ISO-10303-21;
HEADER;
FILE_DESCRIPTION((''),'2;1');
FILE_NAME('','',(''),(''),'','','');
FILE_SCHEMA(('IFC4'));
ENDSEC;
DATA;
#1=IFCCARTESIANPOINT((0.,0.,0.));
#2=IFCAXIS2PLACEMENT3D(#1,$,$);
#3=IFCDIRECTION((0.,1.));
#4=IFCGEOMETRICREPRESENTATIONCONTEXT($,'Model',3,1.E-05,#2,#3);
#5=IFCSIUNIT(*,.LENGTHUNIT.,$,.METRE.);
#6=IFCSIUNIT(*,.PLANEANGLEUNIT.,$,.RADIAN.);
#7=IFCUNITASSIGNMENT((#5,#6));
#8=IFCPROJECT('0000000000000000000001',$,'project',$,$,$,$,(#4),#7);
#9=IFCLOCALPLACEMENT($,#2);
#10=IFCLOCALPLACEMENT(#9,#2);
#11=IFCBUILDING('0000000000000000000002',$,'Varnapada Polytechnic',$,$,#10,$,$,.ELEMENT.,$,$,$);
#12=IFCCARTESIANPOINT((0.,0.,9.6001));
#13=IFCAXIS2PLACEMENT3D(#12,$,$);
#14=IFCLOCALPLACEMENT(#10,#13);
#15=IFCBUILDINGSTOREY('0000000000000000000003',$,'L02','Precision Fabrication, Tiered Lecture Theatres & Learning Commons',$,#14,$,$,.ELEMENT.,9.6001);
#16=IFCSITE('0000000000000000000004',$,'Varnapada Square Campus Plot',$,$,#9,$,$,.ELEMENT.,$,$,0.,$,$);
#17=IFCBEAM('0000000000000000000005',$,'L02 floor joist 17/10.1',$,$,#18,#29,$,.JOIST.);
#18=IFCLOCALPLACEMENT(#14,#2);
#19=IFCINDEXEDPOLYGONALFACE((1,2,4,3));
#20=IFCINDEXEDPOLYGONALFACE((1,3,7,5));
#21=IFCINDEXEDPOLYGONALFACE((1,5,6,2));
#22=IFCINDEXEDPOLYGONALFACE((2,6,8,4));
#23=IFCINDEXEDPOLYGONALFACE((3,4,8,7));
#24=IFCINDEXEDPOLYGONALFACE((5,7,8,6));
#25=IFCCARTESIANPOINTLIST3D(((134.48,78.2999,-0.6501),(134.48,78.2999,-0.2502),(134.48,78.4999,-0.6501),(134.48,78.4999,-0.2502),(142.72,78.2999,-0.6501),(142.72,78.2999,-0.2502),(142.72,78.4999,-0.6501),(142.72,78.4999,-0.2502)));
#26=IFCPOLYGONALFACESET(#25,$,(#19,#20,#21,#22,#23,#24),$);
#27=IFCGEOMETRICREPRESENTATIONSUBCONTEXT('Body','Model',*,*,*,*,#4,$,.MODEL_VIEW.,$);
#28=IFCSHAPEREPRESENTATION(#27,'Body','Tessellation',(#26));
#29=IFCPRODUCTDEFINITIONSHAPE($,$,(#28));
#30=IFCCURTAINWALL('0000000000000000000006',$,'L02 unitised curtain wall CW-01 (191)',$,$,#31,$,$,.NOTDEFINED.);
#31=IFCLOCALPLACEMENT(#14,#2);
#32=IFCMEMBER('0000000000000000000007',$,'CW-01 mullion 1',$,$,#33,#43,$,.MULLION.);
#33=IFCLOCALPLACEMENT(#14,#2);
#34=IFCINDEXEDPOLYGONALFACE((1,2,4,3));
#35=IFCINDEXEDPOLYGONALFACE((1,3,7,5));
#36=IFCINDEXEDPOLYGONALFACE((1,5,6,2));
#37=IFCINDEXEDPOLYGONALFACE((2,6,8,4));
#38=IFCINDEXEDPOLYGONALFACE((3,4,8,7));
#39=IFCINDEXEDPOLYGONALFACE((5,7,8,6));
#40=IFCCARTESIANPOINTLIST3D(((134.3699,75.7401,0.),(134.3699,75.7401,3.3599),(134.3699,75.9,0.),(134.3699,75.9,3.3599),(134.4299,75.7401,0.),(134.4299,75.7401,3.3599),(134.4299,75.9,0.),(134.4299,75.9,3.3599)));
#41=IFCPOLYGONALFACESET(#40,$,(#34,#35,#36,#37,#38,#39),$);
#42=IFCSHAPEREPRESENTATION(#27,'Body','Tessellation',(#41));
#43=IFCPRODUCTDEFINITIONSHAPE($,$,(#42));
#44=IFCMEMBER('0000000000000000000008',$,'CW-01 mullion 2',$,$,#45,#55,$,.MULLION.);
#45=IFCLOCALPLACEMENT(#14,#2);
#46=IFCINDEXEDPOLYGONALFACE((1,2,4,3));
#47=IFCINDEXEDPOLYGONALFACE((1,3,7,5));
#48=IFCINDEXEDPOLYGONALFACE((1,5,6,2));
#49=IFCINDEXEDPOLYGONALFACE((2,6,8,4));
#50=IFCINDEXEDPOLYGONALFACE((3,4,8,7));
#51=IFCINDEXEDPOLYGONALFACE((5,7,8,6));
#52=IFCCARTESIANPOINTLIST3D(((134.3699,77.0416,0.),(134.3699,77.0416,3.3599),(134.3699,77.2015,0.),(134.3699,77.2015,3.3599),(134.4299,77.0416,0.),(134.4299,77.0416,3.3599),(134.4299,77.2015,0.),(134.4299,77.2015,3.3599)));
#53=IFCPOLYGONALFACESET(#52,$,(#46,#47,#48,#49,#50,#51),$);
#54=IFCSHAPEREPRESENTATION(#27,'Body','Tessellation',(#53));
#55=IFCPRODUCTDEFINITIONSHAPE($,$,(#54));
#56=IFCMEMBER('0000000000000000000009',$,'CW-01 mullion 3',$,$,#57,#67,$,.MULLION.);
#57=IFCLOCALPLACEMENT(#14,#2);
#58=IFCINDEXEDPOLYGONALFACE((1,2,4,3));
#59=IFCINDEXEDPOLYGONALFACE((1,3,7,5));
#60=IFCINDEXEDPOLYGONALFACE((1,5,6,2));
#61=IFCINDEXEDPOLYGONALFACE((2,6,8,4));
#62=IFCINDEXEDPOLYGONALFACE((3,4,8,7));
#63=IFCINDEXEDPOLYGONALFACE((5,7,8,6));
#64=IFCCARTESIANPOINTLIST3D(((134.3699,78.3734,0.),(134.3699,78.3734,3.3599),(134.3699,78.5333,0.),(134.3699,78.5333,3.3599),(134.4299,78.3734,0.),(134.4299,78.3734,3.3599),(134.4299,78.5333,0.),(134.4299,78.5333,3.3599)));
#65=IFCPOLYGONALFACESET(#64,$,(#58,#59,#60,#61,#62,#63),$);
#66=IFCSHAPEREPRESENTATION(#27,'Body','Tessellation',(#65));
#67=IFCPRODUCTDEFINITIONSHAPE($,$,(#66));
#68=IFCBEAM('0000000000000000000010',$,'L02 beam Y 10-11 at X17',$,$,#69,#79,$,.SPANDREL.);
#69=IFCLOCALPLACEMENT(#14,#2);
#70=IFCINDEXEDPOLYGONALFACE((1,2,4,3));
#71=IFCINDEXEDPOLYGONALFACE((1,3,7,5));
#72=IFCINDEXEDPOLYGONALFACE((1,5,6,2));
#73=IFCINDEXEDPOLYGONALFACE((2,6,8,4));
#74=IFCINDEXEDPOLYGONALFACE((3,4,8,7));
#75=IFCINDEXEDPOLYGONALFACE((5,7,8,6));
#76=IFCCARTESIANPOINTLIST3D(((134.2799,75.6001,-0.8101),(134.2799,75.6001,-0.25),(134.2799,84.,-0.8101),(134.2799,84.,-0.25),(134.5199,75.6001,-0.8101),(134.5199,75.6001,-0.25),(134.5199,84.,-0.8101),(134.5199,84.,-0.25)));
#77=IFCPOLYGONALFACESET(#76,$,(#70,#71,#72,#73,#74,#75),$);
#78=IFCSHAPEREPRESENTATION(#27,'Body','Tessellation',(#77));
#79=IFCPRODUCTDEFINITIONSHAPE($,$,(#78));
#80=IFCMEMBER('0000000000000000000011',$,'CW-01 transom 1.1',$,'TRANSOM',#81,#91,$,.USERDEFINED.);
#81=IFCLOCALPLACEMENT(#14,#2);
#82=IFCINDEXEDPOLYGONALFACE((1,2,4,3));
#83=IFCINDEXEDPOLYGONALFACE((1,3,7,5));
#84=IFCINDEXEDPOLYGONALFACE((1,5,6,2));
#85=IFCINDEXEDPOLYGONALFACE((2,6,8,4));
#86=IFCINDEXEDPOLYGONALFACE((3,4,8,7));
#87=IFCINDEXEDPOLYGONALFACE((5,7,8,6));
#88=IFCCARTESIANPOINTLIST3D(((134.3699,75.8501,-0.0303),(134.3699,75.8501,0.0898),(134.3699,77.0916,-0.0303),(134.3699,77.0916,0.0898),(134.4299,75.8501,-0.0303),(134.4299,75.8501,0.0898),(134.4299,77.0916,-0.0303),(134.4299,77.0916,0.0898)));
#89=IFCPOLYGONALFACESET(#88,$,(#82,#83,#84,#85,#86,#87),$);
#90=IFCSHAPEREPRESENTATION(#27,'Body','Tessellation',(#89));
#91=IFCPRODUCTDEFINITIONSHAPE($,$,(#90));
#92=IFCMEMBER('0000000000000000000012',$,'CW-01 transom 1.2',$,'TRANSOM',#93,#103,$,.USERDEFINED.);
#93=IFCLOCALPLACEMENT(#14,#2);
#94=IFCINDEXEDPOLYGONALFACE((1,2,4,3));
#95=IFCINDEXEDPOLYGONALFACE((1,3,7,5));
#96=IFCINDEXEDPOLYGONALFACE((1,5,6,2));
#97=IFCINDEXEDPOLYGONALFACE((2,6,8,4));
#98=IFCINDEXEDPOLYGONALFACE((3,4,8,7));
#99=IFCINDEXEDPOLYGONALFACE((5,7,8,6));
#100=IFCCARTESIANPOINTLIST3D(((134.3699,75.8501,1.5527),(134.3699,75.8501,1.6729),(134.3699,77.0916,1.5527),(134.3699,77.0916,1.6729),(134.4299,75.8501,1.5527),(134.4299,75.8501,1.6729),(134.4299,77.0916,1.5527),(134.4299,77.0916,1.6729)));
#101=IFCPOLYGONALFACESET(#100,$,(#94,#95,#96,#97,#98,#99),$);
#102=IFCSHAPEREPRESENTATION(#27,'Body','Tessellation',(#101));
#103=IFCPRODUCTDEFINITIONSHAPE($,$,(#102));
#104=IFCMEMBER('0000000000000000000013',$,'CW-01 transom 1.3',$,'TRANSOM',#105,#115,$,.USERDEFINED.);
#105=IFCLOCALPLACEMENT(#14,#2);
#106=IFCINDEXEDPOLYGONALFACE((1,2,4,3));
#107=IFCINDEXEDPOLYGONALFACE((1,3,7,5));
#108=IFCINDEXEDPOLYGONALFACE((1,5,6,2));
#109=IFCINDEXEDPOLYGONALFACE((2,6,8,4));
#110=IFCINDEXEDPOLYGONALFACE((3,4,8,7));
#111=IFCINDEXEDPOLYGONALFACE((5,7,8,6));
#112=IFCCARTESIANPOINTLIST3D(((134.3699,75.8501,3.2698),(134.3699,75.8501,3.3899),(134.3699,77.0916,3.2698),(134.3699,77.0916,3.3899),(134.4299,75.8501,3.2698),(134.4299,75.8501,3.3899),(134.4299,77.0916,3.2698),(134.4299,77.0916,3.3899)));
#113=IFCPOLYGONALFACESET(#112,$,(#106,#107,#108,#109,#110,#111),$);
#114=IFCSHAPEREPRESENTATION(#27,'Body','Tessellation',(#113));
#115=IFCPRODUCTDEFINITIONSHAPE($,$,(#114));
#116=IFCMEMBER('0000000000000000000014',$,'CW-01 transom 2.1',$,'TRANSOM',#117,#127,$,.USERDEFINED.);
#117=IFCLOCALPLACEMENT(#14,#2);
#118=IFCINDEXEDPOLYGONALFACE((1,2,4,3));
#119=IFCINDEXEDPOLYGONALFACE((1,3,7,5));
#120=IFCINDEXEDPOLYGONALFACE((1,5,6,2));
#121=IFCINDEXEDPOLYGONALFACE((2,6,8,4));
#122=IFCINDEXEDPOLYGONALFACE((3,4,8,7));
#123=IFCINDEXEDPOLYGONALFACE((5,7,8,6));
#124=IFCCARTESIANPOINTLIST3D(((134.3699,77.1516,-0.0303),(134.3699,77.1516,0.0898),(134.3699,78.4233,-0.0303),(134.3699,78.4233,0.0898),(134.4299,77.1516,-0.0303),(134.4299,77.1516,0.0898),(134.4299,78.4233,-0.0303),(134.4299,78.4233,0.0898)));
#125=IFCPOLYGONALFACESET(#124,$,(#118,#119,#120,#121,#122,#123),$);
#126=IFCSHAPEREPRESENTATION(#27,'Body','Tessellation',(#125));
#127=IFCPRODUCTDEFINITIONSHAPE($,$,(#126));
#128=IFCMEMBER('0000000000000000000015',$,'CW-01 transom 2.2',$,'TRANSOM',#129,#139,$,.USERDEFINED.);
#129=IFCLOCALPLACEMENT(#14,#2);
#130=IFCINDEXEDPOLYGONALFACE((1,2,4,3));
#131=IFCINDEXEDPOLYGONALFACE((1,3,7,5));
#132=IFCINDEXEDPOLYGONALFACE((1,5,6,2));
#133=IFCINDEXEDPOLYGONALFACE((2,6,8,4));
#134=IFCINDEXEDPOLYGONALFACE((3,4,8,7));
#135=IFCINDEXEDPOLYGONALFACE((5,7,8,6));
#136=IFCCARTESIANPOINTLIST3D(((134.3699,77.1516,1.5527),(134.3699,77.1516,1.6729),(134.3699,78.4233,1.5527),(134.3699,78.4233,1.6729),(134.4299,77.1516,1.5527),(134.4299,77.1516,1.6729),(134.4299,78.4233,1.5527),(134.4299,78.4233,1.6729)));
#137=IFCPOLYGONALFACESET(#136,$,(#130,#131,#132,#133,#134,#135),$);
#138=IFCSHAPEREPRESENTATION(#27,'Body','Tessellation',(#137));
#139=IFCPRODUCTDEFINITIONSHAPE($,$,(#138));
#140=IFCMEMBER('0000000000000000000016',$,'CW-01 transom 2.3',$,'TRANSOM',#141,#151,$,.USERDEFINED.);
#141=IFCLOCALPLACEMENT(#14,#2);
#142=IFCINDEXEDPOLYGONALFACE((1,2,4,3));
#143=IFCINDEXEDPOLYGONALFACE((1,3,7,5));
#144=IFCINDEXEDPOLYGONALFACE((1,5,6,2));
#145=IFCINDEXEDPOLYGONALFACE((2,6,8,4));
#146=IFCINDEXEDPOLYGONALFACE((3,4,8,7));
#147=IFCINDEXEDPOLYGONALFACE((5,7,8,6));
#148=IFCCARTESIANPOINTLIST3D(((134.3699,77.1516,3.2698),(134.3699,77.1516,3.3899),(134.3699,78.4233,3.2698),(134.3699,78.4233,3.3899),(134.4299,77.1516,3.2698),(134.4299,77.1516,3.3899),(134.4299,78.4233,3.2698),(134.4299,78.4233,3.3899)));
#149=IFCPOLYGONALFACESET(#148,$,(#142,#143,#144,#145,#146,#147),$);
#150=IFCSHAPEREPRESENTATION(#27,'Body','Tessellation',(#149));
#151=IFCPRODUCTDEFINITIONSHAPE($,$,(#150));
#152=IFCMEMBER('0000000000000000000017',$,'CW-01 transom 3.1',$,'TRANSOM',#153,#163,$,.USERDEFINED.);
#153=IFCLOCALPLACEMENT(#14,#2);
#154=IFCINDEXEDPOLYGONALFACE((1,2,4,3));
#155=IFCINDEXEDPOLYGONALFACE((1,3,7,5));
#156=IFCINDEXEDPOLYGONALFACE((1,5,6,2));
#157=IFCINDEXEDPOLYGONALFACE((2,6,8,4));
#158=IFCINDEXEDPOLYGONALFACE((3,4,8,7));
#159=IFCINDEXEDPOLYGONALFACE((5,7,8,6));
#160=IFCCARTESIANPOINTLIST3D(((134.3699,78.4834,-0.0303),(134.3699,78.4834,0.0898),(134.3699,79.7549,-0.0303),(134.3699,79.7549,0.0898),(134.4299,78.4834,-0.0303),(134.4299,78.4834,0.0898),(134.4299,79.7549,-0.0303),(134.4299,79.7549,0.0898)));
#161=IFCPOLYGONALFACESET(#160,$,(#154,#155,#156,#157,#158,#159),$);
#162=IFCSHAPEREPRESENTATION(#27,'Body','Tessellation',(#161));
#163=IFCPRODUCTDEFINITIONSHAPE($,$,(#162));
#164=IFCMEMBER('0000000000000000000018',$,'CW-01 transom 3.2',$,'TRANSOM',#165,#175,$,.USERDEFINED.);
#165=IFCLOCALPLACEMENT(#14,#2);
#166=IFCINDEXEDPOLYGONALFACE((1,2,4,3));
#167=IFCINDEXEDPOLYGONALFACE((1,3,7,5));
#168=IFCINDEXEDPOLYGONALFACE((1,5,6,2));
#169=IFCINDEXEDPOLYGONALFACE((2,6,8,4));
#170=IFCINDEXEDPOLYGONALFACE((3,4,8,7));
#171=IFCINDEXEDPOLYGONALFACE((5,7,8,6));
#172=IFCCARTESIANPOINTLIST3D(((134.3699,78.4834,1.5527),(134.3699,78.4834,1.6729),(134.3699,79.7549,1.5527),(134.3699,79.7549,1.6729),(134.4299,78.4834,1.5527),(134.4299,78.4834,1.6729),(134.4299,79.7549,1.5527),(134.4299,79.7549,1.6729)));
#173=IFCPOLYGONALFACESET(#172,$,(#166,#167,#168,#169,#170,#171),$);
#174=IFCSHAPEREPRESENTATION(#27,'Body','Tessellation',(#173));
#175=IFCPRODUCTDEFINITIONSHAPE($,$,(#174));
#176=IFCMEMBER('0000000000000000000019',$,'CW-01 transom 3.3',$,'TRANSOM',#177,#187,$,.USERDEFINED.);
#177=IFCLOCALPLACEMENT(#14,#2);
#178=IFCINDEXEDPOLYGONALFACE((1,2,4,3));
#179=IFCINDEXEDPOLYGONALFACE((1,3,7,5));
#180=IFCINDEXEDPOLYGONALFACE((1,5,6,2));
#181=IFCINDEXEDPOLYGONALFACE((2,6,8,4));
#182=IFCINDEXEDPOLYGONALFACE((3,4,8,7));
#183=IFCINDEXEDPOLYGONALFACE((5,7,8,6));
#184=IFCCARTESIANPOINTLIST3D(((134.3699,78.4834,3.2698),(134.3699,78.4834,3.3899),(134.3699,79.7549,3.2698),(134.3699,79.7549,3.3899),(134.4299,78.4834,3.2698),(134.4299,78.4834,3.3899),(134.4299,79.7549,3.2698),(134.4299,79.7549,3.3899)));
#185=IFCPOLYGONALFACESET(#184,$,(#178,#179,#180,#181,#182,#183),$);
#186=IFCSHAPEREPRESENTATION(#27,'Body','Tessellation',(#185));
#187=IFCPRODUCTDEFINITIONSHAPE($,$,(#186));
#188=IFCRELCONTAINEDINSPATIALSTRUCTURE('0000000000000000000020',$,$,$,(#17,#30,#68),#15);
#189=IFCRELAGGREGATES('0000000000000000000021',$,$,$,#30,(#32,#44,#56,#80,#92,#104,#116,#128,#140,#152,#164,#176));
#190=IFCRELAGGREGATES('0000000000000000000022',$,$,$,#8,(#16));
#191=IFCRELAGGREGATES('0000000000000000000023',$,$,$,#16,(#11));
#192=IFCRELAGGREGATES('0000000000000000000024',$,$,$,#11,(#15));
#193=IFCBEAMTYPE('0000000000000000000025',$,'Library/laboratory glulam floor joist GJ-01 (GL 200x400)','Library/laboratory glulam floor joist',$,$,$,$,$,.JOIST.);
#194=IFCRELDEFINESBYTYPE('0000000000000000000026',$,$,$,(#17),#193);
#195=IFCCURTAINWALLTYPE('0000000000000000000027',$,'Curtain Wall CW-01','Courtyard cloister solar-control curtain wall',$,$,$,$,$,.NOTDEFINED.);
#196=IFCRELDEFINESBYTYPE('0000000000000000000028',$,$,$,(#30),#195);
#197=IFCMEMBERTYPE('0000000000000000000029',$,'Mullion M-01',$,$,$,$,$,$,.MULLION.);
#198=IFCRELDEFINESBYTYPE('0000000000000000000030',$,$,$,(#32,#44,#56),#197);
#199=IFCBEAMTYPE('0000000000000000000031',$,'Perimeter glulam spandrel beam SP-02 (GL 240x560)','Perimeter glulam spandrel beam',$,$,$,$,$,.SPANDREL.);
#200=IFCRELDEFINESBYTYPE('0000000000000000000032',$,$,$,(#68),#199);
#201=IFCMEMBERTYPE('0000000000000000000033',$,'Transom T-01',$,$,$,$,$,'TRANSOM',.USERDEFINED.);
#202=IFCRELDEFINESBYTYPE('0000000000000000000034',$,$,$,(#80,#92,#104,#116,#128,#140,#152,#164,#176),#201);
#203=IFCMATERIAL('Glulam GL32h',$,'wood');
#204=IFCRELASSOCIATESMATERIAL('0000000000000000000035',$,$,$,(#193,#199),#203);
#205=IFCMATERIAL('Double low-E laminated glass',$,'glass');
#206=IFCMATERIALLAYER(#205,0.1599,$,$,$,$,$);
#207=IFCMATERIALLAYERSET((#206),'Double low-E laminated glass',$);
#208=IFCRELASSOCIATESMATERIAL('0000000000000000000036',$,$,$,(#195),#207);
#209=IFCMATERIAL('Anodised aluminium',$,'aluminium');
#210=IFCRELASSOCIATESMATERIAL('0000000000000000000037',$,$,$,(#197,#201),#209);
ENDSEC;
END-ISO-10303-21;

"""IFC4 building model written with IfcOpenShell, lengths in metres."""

from ifc_helpers import new_model, si_unit, direction, frame, origin, origin_2d, place, context, subcontext, project, spatial, rectangle, extrude, material, layer, layer_set, material_profile, profile_set, type_object, element, aggregate, save


model = new_model("IFC4")

# Units and contexts
model_context = context("Model", 3, precision=1e-05, world=origin(), true_north=direction((0.0, 1.0)))
body_context = subcontext(model_context, "Body", "Model", "MODEL_VIEW")
ifc_project = project(units=[si_unit("LENGTHUNIT", "METRE"), si_unit("PLANEANGLEUNIT", "RADIAN")], contexts=[model_context])

# Site, building, storey
site_placement = place(None, origin())
site = spatial("IfcSite", under=ifc_project, at=site_placement, Name="Varnapada Square Campus Plot", CompositionType="ELEMENT", RefElevation=0.0)
building_placement = place(site_placement, origin())
building = spatial("IfcBuilding", under=site, at=building_placement, Name="Varnapada Polytechnic", CompositionType="ELEMENT")
storey_placement = place(building_placement, frame((0.0, 0.0, 9.6001)))
storey = spatial("IfcBuildingStorey", under=building, at=storey_placement, Name="L02", Description="Precision Fabrication, Tiered Lecture Theatres & Learning Commons", CompositionType="ELEMENT", Elevation=9.6001)

# Beam
ifc_material_1 = material(Name="Glulam GL32h", Category="wood")
ifc_material_profile_1 = material_profile(ifc_material_1, rectangle(XDim=0.2, YDim=0.3999, at=origin_2d()), Name="GL 200x400")
ifc_profile_set_1 = profile_set([ifc_material_profile_1], Name="Glulam GL32h")
beam_type_1 = type_object("IfcBeamType", Name="Library/laboratory glulam floor joist GJ-01 (GL 200x400)", Description="Library/laboratory glulam floor joist", PredefinedType="JOIST", material=ifc_profile_set_1)
beam_1_placement = place(storey_placement, frame((134.48, 78.3999, -0.4502), z_axis=(1.0, 0.0, 0.0), x_axis=(0.0, 1.0, 0.0)))
element("IfcBeam", 1, at=beam_1_placement, inside=storey, type_object=beam_type_1, Name="L02 floor joist 17/10.1", PredefinedType="JOIST", context=body_context, shape_type="SweptSolid", body=[
    extrude(rectangle(XDim=0.2, YDim=0.3999, at=origin_2d()), origin(), (0.0, 0.0, 1.0), 8.24),
])

# Curtain wall, members
ifc_material_2 = material(Name="Double low-E laminated glass", Category="glass")
ifc_layer_1 = layer(ifc_material_2, 0.1599)
ifc_layer_set_1 = layer_set([ifc_layer_1], Name="Double low-E laminated glass")
curtain_wall_type = type_object("IfcCurtainWallType", Name="Curtain Wall CW-01", Description="Courtyard cloister solar-control curtain wall", PredefinedType="NOTDEFINED", material=ifc_layer_set_1)
curtain_wall_placement = place(storey_placement, origin())
curtain_wall = element("IfcCurtainWall", 2, at=curtain_wall_placement, inside=storey, type_object=curtain_wall_type, Name="L02 unitised curtain wall CW-01 (191)", PredefinedType="NOTDEFINED")
ifc_material_3 = material(Name="Anodised aluminium", Category="aluminium")
ifc_material_profile_2 = material_profile(ifc_material_3, rectangle(XDim=0.0601, YDim=0.1599, at=origin_2d()), Name="ALU M60x160")
ifc_profile_set_2 = profile_set([ifc_material_profile_2], Name="Anodised aluminium")
member_type_1 = type_object("IfcMemberType", Name="Mullion M-01", PredefinedType="MULLION", material=ifc_profile_set_2)
member_1_placement = place(storey_placement, frame((134.3999, 75.8201, 0.0), z_axis=(0.0, 0.0, 1.0), x_axis=(-1.0, 0.0, 0.0)))
member_1 = element("IfcMember", 3, at=member_1_placement, type_object=member_type_1, Name="CW-01 mullion 1", PredefinedType="MULLION", context=body_context, shape_type="SweptSolid", body=[
    extrude(rectangle(XDim=0.0601, YDim=0.1599, at=origin_2d()), origin(), (0.0, 0.0, 1.0), 3.3599),
])
member_2_placement = place(storey_placement, frame((134.3999, 77.1216, 0.0), z_axis=(0.0, 0.0, 1.0), x_axis=(-1.0, 0.0, 0.0)))
member_2 = element("IfcMember", 4, at=member_2_placement, type_object=member_type_1, Name="CW-01 mullion 2", PredefinedType="MULLION", context=body_context, shape_type="SweptSolid", body=[
    extrude(rectangle(XDim=0.0601, YDim=0.1599, at=origin_2d()), origin(), (0.0, 0.0, 1.0), 3.3599),
])
member_3_placement = place(storey_placement, frame((134.3999, 78.4534, 0.0), z_axis=(0.0, 0.0, 1.0), x_axis=(-1.0, 0.0, 0.0)))
member_3 = element("IfcMember", 5, at=member_3_placement, type_object=member_type_1, Name="CW-01 mullion 3", PredefinedType="MULLION", context=body_context, shape_type="SweptSolid", body=[
    extrude(rectangle(XDim=0.0601, YDim=0.1599, at=origin_2d()), origin(), (0.0, 0.0, 1.0), 3.3599),
])

# Beam
ifc_material_profile_3 = material_profile(ifc_material_1, rectangle(XDim=0.24, YDim=0.5601, at=origin_2d()), Name="GL 240x560")
ifc_profile_set_3 = profile_set([ifc_material_profile_3], Name="Glulam GL32h")
beam_type_2 = type_object("IfcBeamType", Name="Perimeter glulam spandrel beam SP-02 (GL 240x560)", Description="Perimeter glulam spandrel beam", PredefinedType="SPANDREL", material=ifc_profile_set_3)
beam_2_placement = place(storey_placement, frame((134.3999, 75.6001, -0.53), z_axis=(0.0, 1.0, 0.0), x_axis=(-1.0, 0.0, 0.0)))
element("IfcBeam", 6, at=beam_2_placement, inside=storey, type_object=beam_type_2, Name="L02 beam Y 10-11 at X17", PredefinedType="SPANDREL", context=body_context, shape_type="SweptSolid", body=[
    extrude(rectangle(XDim=0.24, YDim=0.5601, at=origin_2d()), origin(), (0.0, 0.0, 1.0), 8.3999),
])

# Members
ifc_material_profile_4 = material_profile(ifc_material_3, rectangle(XDim=0.0601, YDim=0.1201, at=origin_2d()), Name="ALU T60x120")
ifc_profile_set_4 = profile_set([ifc_material_profile_4], Name="Anodised aluminium")
member_type_2 = type_object("IfcMemberType", Name="Transom T-01", ElementType="TRANSOM", PredefinedType="USERDEFINED", material=ifc_profile_set_4)
member_4_placement = place(storey_placement, frame((134.3999, 75.8501, 0.0298), z_axis=(0.0, 1.0, 0.0), x_axis=(-1.0, 0.0, 0.0)))
member_4 = element("IfcMember", 7, at=member_4_placement, type_object=member_type_2, Name="CW-01 transom 1.1", ObjectType="TRANSOM", PredefinedType="USERDEFINED", context=body_context, shape_type="SweptSolid", body=[
    extrude(rectangle(XDim=0.0601, YDim=0.1201, at=origin_2d()), origin(), (0.0, 0.0, 1.0), 1.2415),
])
member_5_placement = place(storey_placement, frame((134.3999, 75.8501, 1.6128), z_axis=(0.0, 1.0, 0.0), x_axis=(-1.0, 0.0, 0.0)))
member_5 = element("IfcMember", 8, at=member_5_placement, type_object=member_type_2, Name="CW-01 transom 1.2", ObjectType="TRANSOM", PredefinedType="USERDEFINED", context=body_context, shape_type="SweptSolid", body=[
    extrude(rectangle(XDim=0.0601, YDim=0.1201, at=origin_2d()), origin(), (0.0, 0.0, 1.0), 1.2415),
])
member_6_placement = place(storey_placement, frame((134.3999, 75.8501, 3.3298), z_axis=(0.0, 1.0, 0.0), x_axis=(-1.0, 0.0, 0.0)))
member_6 = element("IfcMember", 9, at=member_6_placement, type_object=member_type_2, Name="CW-01 transom 1.3", ObjectType="TRANSOM", PredefinedType="USERDEFINED", context=body_context, shape_type="SweptSolid", body=[
    extrude(rectangle(XDim=0.0601, YDim=0.1201, at=origin_2d()), origin(), (0.0, 0.0, 1.0), 1.2415),
])
member_7_placement = place(storey_placement, frame((134.3999, 77.1516, 0.0298), z_axis=(0.0, 1.0, 0.0), x_axis=(-1.0, 0.0, 0.0)))
member_7 = element("IfcMember", 10, at=member_7_placement, type_object=member_type_2, Name="CW-01 transom 2.1", ObjectType="TRANSOM", PredefinedType="USERDEFINED", context=body_context, shape_type="SweptSolid", body=[
    extrude(rectangle(XDim=0.0601, YDim=0.1201, at=origin_2d()), origin(), (0.0, 0.0, 1.0), 1.2717),
])
member_8_placement = place(storey_placement, frame((134.3999, 77.1516, 1.6128), z_axis=(0.0, 1.0, 0.0), x_axis=(-1.0, 0.0, 0.0)))
member_8 = element("IfcMember", 11, at=member_8_placement, type_object=member_type_2, Name="CW-01 transom 2.2", ObjectType="TRANSOM", PredefinedType="USERDEFINED", context=body_context, shape_type="SweptSolid", body=[
    extrude(rectangle(XDim=0.0601, YDim=0.1201, at=origin_2d()), origin(), (0.0, 0.0, 1.0), 1.2717),
])
member_9_placement = place(storey_placement, frame((134.3999, 77.1516, 3.3298), z_axis=(0.0, 1.0, 0.0), x_axis=(-1.0, 0.0, 0.0)))
member_9 = element("IfcMember", 12, at=member_9_placement, type_object=member_type_2, Name="CW-01 transom 2.3", ObjectType="TRANSOM", PredefinedType="USERDEFINED", context=body_context, shape_type="SweptSolid", body=[
    extrude(rectangle(XDim=0.0601, YDim=0.1201, at=origin_2d()), origin(), (0.0, 0.0, 1.0), 1.2717),
])
member_10_placement = place(storey_placement, frame((134.3999, 78.4834, 0.0298), z_axis=(0.0, 1.0, 0.0), x_axis=(-1.0, 0.0, 0.0)))
member_10 = element("IfcMember", 13, at=member_10_placement, type_object=member_type_2, Name="CW-01 transom 3.1", ObjectType="TRANSOM", PredefinedType="USERDEFINED", context=body_context, shape_type="SweptSolid", body=[
    extrude(rectangle(XDim=0.0601, YDim=0.1201, at=origin_2d()), origin(), (0.0, 0.0, 1.0), 1.2715),
])
member_11_placement = place(storey_placement, frame((134.3999, 78.4834, 1.6128), z_axis=(0.0, 1.0, 0.0), x_axis=(-1.0, 0.0, 0.0)))
member_11 = element("IfcMember", 14, at=member_11_placement, type_object=member_type_2, Name="CW-01 transom 3.2", ObjectType="TRANSOM", PredefinedType="USERDEFINED", context=body_context, shape_type="SweptSolid", body=[
    extrude(rectangle(XDim=0.0601, YDim=0.1201, at=origin_2d()), origin(), (0.0, 0.0, 1.0), 1.2715),
])
member_12_placement = place(storey_placement, frame((134.3999, 78.4834, 3.3298), z_axis=(0.0, 1.0, 0.0), x_axis=(-1.0, 0.0, 0.0)))
member_12 = element("IfcMember", 15, at=member_12_placement, type_object=member_type_2, Name="CW-01 transom 3.3", ObjectType="TRANSOM", PredefinedType="USERDEFINED", context=body_context, shape_type="SweptSolid", body=[
    extrude(rectangle(XDim=0.0601, YDim=0.1201, at=origin_2d()), origin(), (0.0, 0.0, 1.0), 1.2715),
])

aggregate(curtain_wall, [member_1, member_2, member_3, member_4, member_5, member_6, member_7, member_8, member_9, member_10, member_11, member_12])

save(model, "model.ifc")
